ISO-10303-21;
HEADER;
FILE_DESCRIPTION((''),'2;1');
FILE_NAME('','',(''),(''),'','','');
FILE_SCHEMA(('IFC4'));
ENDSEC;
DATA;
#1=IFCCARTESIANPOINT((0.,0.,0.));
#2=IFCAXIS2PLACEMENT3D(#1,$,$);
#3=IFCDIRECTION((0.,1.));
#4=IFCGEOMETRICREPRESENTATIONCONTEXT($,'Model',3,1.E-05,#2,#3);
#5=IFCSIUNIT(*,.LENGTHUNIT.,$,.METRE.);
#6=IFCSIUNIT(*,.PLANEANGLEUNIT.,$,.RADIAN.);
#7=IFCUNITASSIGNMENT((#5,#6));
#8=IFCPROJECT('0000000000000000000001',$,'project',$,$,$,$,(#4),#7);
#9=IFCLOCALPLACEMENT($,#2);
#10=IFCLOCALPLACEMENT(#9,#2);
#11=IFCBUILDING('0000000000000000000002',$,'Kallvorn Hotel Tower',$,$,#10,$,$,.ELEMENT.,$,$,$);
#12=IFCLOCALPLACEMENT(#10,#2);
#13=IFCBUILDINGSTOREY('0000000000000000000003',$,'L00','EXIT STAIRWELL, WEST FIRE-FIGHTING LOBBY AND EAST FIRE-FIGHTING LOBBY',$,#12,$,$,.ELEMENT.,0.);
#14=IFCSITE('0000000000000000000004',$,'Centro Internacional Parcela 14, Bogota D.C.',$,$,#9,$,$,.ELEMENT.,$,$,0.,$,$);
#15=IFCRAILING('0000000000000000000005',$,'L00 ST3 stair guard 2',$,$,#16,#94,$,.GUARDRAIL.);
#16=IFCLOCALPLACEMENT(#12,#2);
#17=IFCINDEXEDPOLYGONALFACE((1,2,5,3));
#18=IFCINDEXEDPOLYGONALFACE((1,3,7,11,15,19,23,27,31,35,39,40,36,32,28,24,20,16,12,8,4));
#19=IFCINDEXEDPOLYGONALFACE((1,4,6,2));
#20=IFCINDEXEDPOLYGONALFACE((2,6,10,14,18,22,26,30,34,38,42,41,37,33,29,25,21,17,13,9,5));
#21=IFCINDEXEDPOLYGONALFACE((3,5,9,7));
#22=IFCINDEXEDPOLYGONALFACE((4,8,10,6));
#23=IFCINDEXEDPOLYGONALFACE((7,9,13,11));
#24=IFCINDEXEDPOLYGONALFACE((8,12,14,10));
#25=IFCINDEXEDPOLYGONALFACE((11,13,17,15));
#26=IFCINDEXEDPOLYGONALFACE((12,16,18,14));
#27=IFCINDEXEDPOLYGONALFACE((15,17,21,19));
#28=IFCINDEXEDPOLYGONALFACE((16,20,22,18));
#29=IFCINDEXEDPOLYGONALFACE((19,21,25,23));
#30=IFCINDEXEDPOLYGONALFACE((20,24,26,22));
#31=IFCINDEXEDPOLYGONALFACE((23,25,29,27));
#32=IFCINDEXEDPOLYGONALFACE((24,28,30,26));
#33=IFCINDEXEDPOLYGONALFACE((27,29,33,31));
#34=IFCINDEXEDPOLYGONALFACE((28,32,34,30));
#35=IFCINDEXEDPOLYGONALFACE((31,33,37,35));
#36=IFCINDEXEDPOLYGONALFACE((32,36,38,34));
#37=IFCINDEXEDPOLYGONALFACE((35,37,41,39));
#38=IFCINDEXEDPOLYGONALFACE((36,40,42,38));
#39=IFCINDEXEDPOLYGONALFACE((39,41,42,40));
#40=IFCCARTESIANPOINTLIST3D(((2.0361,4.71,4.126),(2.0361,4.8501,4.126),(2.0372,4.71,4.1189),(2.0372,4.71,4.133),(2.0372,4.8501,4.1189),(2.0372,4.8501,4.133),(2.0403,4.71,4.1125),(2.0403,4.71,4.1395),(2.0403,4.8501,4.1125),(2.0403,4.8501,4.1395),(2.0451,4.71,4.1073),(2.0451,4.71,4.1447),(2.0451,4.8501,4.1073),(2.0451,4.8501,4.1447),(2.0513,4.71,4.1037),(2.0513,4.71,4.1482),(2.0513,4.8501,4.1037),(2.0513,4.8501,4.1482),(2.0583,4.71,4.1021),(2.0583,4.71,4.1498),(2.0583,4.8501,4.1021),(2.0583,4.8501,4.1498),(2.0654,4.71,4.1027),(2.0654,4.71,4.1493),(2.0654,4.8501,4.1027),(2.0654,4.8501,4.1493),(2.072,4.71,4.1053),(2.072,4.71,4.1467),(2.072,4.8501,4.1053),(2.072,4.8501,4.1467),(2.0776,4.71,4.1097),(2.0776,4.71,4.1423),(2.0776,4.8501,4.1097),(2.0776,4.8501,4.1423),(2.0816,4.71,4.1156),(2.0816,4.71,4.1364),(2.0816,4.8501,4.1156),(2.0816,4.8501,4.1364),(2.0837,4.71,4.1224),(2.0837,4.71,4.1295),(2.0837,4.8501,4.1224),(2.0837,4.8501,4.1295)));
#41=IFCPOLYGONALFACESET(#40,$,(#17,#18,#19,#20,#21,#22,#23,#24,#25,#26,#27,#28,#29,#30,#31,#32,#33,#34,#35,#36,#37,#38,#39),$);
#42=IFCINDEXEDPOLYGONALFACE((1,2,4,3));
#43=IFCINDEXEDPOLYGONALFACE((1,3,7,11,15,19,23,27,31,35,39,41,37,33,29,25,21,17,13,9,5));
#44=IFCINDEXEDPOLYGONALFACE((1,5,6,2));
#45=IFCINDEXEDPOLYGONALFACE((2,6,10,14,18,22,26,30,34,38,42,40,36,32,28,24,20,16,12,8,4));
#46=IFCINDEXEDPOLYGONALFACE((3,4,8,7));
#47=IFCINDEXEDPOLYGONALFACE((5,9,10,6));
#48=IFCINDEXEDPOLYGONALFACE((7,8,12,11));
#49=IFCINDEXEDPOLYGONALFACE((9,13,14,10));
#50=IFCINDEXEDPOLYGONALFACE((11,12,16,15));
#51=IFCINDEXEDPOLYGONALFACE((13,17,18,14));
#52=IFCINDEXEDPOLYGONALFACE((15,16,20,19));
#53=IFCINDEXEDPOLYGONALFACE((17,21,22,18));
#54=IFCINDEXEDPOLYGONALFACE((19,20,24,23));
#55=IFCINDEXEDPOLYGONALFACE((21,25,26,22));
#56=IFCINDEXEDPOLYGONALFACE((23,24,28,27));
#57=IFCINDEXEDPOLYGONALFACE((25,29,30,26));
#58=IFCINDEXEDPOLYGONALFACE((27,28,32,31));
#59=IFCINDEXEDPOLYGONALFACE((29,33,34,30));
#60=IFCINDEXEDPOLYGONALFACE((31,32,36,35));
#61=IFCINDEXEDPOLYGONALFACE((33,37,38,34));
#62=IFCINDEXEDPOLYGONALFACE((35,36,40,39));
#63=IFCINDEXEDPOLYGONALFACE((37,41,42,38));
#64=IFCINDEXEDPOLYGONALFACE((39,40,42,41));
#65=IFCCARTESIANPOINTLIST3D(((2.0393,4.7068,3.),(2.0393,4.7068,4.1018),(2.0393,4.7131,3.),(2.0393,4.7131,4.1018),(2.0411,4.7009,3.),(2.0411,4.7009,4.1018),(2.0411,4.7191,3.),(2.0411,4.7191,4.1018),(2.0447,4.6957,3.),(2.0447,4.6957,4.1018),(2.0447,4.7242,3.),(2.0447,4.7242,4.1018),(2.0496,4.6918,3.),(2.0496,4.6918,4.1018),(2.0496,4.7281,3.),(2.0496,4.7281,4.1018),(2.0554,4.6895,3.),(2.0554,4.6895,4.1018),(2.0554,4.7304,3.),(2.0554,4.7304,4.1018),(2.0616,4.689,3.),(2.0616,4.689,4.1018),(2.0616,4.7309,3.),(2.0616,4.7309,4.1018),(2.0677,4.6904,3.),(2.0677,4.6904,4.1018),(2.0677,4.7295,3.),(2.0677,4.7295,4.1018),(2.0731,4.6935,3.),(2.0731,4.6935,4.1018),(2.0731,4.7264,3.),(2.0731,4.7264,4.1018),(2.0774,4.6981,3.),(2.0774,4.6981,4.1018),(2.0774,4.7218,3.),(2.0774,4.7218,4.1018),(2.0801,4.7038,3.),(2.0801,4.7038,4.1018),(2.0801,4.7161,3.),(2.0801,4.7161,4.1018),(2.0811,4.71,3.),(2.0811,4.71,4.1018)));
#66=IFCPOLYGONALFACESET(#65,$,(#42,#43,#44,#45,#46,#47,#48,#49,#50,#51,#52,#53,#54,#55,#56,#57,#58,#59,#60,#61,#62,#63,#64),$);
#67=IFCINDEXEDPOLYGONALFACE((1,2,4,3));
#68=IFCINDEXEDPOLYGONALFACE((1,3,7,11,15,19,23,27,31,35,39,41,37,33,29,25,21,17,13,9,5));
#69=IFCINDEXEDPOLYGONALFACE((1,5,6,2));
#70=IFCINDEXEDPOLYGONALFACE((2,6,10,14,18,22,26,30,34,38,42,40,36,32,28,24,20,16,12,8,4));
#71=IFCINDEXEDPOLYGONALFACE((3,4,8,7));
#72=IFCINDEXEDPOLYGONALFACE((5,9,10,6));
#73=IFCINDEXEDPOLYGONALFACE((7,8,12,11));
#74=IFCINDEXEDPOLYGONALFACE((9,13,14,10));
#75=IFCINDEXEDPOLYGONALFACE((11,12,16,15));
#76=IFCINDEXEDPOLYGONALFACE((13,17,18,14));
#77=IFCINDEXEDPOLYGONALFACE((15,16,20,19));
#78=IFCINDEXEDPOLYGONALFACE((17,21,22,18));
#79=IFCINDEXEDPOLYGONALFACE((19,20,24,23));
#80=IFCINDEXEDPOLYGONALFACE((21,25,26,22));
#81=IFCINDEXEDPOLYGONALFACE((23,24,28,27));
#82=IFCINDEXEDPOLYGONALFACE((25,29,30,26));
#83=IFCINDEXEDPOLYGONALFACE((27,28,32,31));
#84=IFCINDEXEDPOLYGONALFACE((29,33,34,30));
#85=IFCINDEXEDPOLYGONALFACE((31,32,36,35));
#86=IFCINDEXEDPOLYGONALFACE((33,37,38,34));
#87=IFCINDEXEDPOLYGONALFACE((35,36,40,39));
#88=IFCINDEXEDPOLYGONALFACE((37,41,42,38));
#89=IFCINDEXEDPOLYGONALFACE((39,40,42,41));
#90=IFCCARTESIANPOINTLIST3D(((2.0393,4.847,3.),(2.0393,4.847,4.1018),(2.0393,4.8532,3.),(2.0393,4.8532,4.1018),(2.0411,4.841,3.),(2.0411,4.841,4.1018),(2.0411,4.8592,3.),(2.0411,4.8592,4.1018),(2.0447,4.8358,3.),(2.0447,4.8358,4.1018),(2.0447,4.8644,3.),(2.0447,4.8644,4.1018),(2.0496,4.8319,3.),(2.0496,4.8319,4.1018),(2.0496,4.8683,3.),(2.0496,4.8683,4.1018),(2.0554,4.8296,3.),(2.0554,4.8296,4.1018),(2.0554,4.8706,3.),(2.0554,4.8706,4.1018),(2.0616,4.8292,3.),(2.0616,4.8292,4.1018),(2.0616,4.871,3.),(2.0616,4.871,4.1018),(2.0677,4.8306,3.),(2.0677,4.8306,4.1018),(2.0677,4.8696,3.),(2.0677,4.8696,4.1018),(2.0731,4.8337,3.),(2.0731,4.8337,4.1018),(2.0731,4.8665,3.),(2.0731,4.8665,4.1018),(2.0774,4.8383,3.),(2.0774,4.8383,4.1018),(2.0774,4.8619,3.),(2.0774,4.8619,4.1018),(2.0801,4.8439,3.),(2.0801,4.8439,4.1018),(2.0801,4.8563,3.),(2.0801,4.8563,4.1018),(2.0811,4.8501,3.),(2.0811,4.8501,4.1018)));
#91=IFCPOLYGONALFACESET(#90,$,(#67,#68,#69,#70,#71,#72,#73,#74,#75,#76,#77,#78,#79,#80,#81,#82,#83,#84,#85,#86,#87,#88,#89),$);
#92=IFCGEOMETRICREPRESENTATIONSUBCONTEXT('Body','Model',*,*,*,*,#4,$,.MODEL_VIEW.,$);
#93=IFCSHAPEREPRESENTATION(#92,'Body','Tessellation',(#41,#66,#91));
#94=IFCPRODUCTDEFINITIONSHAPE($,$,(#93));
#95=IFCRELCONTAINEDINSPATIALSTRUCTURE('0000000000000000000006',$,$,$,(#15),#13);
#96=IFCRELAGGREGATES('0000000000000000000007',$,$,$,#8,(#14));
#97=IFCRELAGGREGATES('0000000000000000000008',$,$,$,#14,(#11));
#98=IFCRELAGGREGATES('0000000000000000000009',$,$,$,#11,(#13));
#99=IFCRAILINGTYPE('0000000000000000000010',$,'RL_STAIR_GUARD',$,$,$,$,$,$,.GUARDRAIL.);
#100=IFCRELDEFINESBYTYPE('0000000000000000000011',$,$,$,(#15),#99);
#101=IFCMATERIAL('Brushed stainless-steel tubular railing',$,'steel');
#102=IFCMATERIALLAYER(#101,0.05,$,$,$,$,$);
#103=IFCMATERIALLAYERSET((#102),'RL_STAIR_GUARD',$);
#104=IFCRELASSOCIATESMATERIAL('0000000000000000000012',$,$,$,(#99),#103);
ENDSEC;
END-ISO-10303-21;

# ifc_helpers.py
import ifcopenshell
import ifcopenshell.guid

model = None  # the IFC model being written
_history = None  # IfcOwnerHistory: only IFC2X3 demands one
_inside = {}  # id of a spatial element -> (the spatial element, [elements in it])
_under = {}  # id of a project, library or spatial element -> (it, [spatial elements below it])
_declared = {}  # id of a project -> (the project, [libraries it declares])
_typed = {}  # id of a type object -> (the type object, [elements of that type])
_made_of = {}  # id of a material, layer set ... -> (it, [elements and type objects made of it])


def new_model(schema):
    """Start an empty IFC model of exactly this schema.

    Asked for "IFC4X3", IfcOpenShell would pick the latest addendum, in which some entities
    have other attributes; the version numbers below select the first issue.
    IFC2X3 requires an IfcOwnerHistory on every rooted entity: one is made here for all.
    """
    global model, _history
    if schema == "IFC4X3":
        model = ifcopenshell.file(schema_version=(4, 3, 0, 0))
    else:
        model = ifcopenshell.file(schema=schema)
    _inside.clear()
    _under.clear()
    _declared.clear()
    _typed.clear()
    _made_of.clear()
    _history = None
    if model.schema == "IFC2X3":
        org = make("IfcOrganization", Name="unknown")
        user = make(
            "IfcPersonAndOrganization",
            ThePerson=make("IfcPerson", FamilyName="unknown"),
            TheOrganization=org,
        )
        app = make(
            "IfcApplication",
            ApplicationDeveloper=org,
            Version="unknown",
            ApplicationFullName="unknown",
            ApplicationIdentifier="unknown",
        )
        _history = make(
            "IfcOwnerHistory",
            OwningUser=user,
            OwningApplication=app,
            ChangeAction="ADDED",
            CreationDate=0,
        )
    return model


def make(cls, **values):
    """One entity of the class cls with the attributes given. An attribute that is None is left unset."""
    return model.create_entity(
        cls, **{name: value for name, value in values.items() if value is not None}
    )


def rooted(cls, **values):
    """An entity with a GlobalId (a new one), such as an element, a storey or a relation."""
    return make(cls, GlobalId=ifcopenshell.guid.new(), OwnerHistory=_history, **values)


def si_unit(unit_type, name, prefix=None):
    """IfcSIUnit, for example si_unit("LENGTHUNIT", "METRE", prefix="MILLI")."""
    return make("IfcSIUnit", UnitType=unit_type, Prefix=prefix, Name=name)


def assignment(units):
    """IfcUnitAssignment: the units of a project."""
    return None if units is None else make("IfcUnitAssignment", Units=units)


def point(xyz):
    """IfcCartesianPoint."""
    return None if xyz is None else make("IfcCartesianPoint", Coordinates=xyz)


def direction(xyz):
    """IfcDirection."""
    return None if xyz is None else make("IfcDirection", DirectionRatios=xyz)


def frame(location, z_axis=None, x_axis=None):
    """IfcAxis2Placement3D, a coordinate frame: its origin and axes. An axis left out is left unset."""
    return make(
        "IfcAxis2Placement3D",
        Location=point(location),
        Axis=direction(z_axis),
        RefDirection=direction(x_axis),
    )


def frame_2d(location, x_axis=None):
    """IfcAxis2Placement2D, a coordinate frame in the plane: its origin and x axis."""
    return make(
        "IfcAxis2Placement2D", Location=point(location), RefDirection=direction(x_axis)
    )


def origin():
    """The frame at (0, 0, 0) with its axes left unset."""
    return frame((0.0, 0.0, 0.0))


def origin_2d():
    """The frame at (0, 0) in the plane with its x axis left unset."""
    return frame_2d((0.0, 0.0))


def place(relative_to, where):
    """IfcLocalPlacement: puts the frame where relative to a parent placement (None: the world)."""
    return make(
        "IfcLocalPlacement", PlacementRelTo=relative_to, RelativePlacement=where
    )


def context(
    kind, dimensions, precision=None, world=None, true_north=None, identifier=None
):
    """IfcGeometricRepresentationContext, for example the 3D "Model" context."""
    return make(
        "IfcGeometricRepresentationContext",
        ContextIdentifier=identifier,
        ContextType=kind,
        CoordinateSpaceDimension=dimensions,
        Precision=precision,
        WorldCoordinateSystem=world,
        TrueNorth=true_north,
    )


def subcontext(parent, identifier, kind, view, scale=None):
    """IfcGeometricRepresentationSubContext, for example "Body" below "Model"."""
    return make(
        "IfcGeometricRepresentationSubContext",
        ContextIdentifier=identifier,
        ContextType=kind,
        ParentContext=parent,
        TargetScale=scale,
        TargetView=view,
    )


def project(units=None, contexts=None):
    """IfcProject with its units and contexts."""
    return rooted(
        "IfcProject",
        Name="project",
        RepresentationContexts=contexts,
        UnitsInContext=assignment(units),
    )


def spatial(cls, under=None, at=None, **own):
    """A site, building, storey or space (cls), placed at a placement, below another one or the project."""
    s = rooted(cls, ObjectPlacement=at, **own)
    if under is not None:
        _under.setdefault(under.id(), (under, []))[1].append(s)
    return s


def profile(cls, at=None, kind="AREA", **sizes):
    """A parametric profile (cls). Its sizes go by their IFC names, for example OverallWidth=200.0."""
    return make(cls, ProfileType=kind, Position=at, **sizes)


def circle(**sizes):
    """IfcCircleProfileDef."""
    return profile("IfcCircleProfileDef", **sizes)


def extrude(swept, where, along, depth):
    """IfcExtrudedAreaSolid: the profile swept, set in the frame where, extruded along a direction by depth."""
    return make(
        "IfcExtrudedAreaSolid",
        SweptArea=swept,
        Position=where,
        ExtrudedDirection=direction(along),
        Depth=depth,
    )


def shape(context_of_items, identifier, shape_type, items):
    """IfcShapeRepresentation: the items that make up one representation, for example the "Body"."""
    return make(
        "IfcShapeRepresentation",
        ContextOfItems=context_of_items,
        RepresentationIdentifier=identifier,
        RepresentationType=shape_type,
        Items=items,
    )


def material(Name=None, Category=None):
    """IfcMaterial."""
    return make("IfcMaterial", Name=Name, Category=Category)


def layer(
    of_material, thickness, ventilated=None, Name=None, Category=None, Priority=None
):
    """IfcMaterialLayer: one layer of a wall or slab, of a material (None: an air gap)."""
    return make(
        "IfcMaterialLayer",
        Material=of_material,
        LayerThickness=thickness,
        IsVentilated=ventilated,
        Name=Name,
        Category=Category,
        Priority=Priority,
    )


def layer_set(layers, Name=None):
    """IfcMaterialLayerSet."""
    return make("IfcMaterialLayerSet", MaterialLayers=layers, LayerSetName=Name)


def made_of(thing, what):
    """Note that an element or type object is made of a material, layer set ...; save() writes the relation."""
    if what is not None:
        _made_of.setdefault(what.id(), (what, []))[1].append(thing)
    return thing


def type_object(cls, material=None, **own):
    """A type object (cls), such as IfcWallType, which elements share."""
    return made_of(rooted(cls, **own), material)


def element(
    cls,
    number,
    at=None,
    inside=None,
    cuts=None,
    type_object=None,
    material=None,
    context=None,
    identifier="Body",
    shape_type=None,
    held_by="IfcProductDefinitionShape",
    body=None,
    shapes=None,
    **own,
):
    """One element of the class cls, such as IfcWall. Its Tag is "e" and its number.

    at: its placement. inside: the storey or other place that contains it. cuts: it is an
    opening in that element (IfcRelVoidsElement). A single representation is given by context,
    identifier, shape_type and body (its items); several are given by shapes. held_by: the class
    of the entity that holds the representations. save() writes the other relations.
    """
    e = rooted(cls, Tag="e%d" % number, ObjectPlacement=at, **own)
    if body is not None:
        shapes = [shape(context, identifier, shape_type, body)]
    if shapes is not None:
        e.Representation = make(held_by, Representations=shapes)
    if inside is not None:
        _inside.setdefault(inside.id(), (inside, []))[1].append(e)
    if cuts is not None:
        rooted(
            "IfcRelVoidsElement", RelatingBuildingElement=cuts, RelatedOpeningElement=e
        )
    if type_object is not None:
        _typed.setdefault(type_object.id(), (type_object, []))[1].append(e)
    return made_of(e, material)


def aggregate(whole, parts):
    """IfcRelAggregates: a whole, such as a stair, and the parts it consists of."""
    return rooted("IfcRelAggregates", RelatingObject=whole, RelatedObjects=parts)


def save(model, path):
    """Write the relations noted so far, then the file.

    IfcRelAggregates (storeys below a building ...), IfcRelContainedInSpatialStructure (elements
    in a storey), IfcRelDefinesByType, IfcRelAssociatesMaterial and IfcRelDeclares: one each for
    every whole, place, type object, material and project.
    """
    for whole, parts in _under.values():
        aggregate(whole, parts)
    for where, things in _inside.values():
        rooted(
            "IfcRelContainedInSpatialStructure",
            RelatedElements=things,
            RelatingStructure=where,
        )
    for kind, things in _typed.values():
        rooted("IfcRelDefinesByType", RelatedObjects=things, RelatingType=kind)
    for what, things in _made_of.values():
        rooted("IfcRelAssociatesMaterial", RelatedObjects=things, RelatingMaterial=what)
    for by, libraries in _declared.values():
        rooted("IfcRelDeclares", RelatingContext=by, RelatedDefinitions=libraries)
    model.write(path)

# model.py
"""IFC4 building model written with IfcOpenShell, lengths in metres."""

from ifc_helpers import new_model, si_unit, direction, frame, origin, origin_2d, place, context, subcontext, project, spatial, circle, extrude, material, layer, layer_set, type_object, element, save


model = new_model("IFC4")

# Units and contexts
model_context = context("Model", 3, precision=1e-05, world=origin(), true_north=direction((0.0, 1.0)))
body_context = subcontext(model_context, "Body", "Model", "MODEL_VIEW")
ifc_project = project(units=[si_unit("LENGTHUNIT", "METRE"), si_unit("PLANEANGLEUNIT", "RADIAN")], contexts=[model_context])

# Site, building, storey
site_placement = place(None, origin())
site = spatial("IfcSite", under=ifc_project, at=site_placement, Name="Centro Internacional Parcela 14, Bogota D.C.", CompositionType="ELEMENT", RefElevation=0.0)
building_placement = place(site_placement, origin())
building = spatial("IfcBuilding", under=site, at=building_placement, Name="Kallvorn Hotel Tower", CompositionType="ELEMENT")
storey_placement = place(building_placement, origin())
storey = spatial("IfcBuildingStorey", under=building, at=storey_placement, Name="L00", Description="EXIT STAIRWELL, WEST FIRE-FIGHTING LOBBY AND EAST FIRE-FIGHTING LOBBY", CompositionType="ELEMENT", Elevation=0.0)

# Railing
ifc_material_1 = material(Name="Brushed stainless-steel tubular railing", Category="steel")
ifc_layer_1 = layer(ifc_material_1, 0.05)
ifc_layer_set_1 = layer_set([ifc_layer_1], Name="RL_STAIR_GUARD")
railing_type_1 = type_object("IfcRailingType", Name="RL_STAIR_GUARD", PredefinedType="GUARDRAIL", material=ifc_layer_set_1)
railing_1_placement = place(storey_placement, frame((2.0601, 4.71, 3.0)))
element("IfcRailing", 1, at=railing_1_placement, inside=storey, type_object=railing_type_1, Name="L00 ST3 stair guard 2", PredefinedType="GUARDRAIL", context=body_context, shape_type="SweptSolid", body=[
    extrude(circle(Radius=0.0239, at=origin_2d()), frame((0.0, 0.0, 1.126), z_axis=(0.0, 1.0, 0.0), x_axis=(-1.0, 0.0, 0.0)), (0.0, 0.0, 1.0), 0.1401),
    extrude(circle(Radius=0.021, at=origin_2d()), origin(), (0.0, 0.0, 1.0), 1.1018),
    extrude(circle(Radius=0.021, at=origin_2d()), frame((0.0, 0.1401, 0.0)), (0.0, 0.0, 1.0), 1.1018),
])

save(model, "model.ifc")
